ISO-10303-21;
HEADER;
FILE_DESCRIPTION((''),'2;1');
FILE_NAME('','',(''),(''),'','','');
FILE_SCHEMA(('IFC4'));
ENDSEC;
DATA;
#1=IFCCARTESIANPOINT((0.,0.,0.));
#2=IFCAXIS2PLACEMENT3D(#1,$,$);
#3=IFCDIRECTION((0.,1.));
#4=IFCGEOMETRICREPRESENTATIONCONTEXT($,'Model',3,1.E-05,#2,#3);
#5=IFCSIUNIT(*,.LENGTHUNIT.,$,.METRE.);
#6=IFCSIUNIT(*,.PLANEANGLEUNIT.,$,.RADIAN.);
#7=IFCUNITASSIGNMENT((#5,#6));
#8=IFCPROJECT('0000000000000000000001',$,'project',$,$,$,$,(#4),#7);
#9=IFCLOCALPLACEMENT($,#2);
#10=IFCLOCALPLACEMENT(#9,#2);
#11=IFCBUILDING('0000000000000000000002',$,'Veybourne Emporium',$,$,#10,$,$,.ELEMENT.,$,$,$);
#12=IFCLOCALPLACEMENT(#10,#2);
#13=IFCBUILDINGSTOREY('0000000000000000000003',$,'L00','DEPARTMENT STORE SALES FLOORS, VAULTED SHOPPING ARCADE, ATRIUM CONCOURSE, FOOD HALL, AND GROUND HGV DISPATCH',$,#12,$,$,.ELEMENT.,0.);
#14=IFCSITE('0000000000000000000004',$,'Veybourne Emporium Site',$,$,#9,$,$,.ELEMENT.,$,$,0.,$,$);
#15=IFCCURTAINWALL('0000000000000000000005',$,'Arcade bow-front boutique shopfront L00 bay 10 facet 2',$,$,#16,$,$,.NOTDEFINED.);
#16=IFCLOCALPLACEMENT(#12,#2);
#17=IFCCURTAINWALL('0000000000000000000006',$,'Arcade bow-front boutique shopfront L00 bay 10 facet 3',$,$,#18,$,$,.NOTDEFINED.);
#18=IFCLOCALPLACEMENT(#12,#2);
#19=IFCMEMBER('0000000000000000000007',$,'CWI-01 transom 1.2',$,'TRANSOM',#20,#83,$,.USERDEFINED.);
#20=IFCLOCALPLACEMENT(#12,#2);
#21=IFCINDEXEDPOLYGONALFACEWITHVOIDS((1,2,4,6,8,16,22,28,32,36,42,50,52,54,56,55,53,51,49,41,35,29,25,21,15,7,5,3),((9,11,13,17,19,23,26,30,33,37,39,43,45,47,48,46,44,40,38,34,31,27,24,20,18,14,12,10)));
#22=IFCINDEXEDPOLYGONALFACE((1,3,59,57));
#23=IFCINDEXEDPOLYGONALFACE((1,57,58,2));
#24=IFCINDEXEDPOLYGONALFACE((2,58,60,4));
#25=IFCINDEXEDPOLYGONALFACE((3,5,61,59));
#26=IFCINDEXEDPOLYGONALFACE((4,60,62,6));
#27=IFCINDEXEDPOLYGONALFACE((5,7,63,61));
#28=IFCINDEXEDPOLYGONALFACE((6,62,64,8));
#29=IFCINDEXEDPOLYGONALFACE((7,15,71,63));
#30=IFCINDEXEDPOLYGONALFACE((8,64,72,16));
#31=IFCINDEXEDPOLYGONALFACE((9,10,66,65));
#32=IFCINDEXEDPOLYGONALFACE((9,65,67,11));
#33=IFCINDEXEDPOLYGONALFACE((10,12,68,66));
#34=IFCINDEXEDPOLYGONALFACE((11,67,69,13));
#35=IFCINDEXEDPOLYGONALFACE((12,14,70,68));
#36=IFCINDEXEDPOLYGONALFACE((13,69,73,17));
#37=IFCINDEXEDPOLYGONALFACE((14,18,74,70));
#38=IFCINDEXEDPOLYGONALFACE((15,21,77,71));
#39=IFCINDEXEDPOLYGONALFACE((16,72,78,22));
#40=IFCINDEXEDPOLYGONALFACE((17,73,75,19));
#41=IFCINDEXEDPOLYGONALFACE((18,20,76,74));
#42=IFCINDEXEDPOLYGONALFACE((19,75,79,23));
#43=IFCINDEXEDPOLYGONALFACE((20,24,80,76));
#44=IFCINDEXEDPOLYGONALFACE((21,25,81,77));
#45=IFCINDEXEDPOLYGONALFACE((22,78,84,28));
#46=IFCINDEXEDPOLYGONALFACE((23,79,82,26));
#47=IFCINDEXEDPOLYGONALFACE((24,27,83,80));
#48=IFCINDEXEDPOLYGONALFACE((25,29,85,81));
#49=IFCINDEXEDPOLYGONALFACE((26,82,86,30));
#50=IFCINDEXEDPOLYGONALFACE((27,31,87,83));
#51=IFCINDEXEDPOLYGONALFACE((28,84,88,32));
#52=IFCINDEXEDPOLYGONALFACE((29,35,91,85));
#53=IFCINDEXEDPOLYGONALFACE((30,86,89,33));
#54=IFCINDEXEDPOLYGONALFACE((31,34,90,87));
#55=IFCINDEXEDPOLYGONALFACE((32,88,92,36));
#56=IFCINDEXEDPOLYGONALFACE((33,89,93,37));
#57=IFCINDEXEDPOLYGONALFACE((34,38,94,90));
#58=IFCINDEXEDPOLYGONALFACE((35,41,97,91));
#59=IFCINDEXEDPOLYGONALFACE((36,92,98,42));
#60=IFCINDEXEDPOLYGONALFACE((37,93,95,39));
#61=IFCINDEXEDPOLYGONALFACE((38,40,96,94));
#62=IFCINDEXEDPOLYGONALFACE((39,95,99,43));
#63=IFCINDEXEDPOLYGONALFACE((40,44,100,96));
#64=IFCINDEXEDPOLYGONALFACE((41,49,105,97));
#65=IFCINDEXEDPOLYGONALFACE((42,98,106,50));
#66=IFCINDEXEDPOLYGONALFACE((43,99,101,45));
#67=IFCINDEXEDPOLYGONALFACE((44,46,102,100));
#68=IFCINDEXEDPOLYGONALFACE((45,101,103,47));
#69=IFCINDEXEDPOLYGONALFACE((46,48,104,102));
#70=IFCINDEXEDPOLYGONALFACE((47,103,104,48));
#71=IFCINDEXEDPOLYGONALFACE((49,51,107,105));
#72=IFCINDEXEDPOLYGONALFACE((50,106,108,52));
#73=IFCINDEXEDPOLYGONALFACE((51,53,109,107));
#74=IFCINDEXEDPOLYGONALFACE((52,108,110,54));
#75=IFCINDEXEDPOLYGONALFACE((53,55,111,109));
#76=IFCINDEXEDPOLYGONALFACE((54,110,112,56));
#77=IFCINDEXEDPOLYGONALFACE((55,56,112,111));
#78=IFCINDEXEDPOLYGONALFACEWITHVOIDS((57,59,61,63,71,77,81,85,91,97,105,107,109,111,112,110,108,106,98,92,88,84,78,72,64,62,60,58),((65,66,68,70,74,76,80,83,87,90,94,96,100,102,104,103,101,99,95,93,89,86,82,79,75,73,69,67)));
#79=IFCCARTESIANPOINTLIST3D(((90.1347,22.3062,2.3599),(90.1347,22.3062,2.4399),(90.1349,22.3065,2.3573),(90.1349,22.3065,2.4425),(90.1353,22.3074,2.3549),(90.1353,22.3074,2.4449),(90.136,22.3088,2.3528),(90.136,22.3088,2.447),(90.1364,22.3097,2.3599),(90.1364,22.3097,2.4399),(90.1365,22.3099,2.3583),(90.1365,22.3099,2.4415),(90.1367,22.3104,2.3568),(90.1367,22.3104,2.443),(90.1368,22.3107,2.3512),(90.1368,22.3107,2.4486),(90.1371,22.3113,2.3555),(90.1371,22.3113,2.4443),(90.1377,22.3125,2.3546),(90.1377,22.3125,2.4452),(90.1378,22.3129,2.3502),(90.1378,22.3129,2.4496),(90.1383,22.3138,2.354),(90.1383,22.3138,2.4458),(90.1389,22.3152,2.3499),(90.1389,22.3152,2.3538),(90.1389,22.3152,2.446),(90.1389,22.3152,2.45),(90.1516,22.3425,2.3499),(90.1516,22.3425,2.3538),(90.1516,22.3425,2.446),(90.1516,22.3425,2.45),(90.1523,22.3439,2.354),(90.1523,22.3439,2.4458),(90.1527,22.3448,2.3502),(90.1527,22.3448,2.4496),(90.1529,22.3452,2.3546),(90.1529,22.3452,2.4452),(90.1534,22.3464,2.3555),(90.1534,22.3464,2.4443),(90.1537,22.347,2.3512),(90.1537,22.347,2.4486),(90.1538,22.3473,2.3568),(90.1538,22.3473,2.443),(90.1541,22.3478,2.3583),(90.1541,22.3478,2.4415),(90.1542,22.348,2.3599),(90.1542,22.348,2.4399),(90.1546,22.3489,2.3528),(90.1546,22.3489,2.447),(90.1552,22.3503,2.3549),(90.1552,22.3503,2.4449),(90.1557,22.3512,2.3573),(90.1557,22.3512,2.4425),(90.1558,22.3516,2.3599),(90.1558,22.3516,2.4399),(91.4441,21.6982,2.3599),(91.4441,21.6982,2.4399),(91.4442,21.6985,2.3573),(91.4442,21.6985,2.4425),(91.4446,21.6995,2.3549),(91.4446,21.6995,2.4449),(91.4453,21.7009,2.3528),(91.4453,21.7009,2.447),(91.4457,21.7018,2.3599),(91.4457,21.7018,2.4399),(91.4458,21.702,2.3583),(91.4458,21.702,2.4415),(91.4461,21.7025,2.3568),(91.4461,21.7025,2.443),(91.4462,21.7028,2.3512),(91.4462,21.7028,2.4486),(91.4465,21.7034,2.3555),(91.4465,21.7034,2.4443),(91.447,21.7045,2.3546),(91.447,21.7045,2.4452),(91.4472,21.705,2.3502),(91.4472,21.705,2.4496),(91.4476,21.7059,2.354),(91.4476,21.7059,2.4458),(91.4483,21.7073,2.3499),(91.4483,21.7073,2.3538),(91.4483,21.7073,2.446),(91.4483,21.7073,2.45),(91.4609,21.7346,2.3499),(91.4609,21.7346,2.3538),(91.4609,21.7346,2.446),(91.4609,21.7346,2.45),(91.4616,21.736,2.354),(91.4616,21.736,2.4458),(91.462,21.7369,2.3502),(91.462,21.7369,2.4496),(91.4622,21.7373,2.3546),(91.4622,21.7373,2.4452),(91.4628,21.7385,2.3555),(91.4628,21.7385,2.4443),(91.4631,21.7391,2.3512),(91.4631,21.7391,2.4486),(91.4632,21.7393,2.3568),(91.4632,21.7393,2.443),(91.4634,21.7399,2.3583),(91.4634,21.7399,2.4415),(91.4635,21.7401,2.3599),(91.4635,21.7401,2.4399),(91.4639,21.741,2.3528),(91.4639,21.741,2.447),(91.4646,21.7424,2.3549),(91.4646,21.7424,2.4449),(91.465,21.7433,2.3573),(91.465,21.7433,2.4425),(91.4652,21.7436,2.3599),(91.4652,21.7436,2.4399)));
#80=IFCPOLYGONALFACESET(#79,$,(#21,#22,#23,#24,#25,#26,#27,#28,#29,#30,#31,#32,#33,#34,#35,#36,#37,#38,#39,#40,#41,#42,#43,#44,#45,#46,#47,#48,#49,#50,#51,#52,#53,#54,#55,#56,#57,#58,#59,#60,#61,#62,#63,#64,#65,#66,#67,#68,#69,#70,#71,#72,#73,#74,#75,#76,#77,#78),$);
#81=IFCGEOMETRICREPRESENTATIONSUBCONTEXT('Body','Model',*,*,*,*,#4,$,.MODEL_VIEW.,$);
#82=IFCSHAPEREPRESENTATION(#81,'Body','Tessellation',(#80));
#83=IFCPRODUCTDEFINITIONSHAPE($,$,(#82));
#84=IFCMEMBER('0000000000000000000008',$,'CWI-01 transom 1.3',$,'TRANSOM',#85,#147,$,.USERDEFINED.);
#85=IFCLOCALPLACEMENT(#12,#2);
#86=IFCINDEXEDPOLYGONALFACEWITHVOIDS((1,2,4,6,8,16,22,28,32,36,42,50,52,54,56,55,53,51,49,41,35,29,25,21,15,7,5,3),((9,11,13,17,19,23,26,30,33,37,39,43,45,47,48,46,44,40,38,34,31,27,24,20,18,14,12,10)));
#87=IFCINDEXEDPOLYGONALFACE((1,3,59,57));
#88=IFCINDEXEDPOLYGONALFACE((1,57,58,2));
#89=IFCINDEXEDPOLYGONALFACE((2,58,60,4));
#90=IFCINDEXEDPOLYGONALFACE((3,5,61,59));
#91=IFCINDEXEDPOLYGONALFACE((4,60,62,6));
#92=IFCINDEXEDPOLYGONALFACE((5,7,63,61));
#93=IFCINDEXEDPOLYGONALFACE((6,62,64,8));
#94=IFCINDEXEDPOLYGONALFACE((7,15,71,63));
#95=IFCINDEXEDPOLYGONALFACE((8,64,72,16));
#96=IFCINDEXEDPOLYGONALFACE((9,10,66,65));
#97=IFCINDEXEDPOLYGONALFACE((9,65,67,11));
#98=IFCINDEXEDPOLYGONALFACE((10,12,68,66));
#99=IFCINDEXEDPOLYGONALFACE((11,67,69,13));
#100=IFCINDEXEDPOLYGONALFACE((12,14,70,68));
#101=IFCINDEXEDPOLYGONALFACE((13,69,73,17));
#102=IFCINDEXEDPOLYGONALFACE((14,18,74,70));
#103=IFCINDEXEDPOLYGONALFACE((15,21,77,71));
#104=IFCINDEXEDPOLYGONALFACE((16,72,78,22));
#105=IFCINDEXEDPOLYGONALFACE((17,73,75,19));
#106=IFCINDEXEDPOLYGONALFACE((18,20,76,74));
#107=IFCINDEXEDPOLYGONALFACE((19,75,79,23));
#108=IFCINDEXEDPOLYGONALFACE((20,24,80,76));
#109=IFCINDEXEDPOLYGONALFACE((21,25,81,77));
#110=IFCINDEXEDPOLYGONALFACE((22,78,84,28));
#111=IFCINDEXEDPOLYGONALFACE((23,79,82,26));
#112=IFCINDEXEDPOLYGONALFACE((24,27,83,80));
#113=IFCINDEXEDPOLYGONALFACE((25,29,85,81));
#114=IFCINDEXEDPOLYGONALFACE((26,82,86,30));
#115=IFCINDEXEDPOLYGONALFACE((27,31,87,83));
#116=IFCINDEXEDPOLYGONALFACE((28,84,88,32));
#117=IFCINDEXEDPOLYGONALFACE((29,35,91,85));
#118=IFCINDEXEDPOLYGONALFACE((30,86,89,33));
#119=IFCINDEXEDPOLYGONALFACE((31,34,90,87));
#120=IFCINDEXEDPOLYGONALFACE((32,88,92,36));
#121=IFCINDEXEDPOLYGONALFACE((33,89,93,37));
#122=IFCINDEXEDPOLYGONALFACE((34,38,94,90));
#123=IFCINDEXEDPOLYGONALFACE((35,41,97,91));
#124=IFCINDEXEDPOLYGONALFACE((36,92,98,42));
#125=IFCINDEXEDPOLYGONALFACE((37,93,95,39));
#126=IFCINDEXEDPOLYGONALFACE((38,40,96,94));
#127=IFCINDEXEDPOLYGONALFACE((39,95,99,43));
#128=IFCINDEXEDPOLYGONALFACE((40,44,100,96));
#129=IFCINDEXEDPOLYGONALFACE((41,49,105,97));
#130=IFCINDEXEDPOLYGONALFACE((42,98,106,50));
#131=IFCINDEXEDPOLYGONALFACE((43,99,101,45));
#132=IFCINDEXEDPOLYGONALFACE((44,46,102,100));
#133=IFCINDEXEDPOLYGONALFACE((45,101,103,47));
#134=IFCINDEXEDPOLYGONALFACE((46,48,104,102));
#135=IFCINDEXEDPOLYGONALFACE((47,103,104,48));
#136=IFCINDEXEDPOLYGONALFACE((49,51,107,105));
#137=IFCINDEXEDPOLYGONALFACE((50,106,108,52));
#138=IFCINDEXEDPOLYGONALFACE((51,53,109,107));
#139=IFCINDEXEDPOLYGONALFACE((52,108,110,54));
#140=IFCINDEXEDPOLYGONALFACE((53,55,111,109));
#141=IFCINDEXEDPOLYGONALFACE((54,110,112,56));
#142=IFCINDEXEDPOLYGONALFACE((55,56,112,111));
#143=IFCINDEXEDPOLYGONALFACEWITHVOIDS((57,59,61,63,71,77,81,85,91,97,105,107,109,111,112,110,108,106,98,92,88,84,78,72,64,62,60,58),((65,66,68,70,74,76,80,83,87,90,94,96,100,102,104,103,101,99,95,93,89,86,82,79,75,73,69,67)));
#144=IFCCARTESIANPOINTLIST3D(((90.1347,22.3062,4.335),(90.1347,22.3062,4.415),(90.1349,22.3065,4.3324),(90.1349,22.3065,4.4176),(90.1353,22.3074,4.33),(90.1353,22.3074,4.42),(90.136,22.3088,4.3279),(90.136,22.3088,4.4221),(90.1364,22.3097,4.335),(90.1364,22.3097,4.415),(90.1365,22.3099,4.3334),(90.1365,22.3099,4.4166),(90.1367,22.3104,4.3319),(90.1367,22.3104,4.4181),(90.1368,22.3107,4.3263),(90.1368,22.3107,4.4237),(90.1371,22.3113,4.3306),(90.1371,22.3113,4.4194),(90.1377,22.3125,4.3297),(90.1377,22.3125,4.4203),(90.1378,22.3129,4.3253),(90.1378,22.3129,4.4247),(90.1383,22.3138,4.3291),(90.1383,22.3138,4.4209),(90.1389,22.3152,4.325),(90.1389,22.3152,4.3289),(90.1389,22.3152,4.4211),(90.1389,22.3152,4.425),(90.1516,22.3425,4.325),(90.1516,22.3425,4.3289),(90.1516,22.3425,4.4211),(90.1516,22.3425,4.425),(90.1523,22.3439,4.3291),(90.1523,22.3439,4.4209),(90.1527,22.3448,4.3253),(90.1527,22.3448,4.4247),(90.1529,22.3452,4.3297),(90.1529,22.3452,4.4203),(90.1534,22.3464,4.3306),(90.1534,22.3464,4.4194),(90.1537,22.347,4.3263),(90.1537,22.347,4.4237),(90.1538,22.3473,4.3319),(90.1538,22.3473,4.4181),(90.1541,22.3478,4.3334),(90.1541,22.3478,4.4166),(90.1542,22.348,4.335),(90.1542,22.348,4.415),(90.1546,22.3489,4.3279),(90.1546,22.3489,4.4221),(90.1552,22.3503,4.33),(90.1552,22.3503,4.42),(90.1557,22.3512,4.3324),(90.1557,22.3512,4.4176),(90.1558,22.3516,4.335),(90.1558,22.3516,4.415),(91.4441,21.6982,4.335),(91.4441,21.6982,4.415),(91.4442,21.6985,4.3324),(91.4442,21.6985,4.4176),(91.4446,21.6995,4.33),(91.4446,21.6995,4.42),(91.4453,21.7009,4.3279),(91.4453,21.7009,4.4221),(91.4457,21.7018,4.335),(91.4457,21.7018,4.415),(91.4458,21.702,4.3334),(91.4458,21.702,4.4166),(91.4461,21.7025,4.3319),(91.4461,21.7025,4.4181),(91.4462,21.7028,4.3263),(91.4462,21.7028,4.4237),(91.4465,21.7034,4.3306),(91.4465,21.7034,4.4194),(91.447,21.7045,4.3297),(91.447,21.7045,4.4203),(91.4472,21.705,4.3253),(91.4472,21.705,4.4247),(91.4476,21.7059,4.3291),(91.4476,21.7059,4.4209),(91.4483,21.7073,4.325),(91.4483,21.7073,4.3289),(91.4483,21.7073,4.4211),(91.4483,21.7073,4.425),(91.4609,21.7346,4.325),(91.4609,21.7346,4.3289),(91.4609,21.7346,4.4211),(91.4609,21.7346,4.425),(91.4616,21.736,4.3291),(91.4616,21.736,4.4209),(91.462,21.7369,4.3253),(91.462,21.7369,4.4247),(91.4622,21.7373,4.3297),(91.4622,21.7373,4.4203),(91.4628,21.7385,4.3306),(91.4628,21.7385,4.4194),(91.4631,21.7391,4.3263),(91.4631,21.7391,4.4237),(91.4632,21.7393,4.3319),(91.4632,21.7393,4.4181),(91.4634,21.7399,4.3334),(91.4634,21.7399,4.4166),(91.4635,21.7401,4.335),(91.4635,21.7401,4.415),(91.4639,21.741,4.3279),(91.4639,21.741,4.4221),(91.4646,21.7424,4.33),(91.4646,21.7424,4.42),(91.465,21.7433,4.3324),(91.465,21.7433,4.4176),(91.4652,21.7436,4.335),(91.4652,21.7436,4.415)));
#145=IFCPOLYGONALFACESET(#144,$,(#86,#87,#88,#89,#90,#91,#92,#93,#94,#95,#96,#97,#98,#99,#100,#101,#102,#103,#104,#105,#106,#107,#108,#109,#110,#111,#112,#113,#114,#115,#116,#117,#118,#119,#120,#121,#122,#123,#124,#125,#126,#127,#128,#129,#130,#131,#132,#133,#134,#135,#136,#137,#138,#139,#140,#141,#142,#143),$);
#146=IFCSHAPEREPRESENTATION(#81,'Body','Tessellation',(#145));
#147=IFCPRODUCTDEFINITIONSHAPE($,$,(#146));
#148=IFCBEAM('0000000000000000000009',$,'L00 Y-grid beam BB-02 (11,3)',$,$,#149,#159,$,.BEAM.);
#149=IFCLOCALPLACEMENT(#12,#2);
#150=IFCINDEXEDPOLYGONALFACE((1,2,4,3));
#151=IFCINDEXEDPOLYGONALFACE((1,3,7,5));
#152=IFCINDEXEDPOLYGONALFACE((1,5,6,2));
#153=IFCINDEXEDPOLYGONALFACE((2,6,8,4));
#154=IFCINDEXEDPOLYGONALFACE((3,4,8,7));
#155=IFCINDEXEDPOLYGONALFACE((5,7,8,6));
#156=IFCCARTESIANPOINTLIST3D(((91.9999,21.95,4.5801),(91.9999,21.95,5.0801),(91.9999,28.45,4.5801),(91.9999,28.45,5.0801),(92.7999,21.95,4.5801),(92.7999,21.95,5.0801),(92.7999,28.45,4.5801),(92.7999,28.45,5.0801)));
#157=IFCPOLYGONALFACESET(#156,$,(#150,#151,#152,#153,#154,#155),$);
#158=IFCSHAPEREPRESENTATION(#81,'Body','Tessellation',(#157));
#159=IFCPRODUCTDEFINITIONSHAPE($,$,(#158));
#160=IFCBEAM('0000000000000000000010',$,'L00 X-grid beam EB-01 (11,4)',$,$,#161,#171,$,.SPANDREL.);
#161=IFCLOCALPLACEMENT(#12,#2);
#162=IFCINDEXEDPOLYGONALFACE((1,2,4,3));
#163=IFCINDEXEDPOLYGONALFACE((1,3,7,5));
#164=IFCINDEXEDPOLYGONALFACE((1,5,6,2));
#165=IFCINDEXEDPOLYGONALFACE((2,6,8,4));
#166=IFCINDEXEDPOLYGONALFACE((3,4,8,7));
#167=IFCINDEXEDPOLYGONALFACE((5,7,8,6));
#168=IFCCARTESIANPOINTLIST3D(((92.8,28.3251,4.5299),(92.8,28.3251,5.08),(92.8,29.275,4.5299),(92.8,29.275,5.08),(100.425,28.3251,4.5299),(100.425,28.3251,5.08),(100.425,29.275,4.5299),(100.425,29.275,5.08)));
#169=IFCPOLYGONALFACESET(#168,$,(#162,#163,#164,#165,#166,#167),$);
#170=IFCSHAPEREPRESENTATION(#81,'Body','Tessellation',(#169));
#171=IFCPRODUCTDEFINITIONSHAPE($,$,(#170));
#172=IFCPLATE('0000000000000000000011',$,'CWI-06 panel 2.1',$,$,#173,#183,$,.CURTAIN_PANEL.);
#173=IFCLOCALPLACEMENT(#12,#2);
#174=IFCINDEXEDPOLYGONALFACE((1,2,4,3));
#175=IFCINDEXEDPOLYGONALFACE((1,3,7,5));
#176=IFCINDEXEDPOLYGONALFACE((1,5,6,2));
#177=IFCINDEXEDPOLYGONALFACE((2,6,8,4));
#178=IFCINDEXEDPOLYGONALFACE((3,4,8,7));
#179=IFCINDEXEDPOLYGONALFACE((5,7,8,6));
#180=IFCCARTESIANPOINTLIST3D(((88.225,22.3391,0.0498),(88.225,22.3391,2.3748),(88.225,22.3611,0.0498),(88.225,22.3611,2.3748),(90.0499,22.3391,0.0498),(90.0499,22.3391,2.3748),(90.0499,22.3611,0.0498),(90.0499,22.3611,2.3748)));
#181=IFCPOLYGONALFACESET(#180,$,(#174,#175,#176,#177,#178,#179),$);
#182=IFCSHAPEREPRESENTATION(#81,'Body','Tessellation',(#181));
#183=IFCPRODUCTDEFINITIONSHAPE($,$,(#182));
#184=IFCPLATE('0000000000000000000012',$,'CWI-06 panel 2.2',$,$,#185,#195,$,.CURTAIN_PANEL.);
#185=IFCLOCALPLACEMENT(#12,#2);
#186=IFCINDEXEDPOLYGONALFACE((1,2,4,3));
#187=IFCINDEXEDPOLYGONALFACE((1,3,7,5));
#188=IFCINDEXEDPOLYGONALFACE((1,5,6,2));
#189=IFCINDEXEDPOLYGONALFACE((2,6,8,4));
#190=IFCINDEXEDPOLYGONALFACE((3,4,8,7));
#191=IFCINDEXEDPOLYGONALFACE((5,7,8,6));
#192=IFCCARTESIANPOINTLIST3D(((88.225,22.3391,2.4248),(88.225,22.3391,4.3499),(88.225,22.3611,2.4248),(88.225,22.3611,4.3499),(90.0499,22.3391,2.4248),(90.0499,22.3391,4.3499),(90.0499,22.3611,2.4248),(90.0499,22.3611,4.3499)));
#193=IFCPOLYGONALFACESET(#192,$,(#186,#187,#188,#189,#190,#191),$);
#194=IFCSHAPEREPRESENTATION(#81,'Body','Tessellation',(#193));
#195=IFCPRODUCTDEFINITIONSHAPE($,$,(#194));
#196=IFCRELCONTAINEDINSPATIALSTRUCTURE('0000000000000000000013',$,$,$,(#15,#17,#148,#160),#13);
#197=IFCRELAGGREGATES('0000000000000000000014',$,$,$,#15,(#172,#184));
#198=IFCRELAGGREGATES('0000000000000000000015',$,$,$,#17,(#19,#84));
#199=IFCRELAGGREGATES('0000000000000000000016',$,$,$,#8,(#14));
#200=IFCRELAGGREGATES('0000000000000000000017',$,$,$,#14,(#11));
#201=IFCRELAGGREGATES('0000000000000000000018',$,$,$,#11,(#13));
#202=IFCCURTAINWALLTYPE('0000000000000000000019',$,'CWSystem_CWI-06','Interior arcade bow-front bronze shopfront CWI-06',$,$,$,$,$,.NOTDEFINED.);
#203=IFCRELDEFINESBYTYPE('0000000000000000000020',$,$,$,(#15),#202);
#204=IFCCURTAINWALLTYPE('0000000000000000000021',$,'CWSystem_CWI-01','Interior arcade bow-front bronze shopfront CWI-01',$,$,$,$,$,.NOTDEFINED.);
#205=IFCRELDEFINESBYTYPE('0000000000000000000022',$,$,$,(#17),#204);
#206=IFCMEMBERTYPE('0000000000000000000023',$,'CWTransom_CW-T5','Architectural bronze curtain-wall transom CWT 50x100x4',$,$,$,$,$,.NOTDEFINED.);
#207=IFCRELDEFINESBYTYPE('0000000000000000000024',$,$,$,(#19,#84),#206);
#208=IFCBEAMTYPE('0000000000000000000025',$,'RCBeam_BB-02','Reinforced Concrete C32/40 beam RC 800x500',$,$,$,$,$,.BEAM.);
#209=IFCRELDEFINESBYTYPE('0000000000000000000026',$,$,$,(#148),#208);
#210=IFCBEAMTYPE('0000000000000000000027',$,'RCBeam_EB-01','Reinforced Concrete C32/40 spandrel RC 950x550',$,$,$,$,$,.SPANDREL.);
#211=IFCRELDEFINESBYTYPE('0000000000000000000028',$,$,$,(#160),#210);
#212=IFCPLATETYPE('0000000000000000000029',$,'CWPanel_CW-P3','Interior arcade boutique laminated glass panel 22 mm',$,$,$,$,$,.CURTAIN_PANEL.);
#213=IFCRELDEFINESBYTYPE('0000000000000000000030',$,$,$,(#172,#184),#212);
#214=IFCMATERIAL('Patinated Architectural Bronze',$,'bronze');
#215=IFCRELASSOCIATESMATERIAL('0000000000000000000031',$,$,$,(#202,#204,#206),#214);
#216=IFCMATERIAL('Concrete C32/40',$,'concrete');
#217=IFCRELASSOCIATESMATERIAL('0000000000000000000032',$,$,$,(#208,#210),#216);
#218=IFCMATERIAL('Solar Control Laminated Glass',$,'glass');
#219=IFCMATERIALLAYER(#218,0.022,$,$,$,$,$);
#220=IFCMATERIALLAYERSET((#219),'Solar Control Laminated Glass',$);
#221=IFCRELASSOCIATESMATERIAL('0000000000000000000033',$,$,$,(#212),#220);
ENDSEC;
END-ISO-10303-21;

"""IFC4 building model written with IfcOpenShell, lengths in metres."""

from ifc_helpers import new_model, si_unit, direction, frame, origin, origin_2d, place, context, subcontext, project, spatial, rectangle, hollow_rectangle, extrude, material, layer, layer_set, material_profile, profile_set, type_object, element, aggregate, save


model = new_model("IFC4")

# Units and contexts
model_context = context("Model", 3, precision=1e-05, world=origin(), true_north=direction((0.0, 1.0)))
body_context = subcontext(model_context, "Body", "Model", "MODEL_VIEW")
ifc_project = project(units=[si_unit("LENGTHUNIT", "METRE"), si_unit("PLANEANGLEUNIT", "RADIAN")], contexts=[model_context])

# Site, building, storey
site_placement = place(None, origin())
site = spatial("IfcSite", under=ifc_project, at=site_placement, Name="Veybourne Emporium Site", CompositionType="ELEMENT", RefElevation=0.0)
building_placement = place(site_placement, origin())
building = spatial("IfcBuilding", under=site, at=building_placement, Name="Veybourne Emporium", CompositionType="ELEMENT")
storey_placement = place(building_placement, origin())
storey = spatial("IfcBuildingStorey", under=building, at=storey_placement, Name="L00", Description="DEPARTMENT STORE SALES FLOORS, VAULTED SHOPPING ARCADE, ATRIUM CONCOURSE, FOOD HALL, AND GROUND HGV DISPATCH", CompositionType="ELEMENT", Elevation=0.0)

# Curtain wall
ifc_material_1 = material(Name="Patinated Architectural Bronze", Category="bronze")
curtain_wall_type_1 = type_object("IfcCurtainWallType", Name="CWSystem_CWI-06", Description="Interior arcade bow-front bronze shopfront CWI-06", PredefinedType="NOTDEFINED", material=ifc_material_1)
curtain_wall_1_placement = place(storey_placement, origin())
curtain_wall_1 = element("IfcCurtainWall", 1, at=curtain_wall_1_placement, inside=storey, type_object=curtain_wall_type_1, Name="Arcade bow-front boutique shopfront L00 bay 10 facet 2", PredefinedType="NOTDEFINED")

# Curtain wall
curtain_wall_type_2 = type_object("IfcCurtainWallType", Name="CWSystem_CWI-01", Description="Interior arcade bow-front bronze shopfront CWI-01", PredefinedType="NOTDEFINED", material=ifc_material_1)
curtain_wall_2_placement = place(storey_placement, origin())
curtain_wall_2 = element("IfcCurtainWall", 2, at=curtain_wall_2_placement, inside=storey, type_object=curtain_wall_type_2, Name="Arcade bow-front boutique shopfront L00 bay 10 facet 3", PredefinedType="NOTDEFINED")

# Members
ifc_material_profile_1 = material_profile(ifc_material_1, hollow_rectangle(XDim=0.05, YDim=0.1001, WallThickness=0.0039, InnerFilletRadius=0.0061, OuterFilletRadius=0.01, at=origin_2d()), Name="CWT 50x100x4")
ifc_profile_set_1 = profile_set([ifc_material_profile_1], Name="Patinated Architectural Bronze")
member_type_1 = type_object("IfcMemberType", Name="CWTransom_CW-T5", Description="Architectural bronze curtain-wall transom CWT 50x100x4", PredefinedType="NOTDEFINED", material=ifc_profile_set_1)
member_1_placement = place(storey_placement, frame((90.1453, 22.3289, 2.3999), z_axis=(0.907007, -0.421116, 0.0), x_axis=(0.421116, 0.907007, 0.0)))
member_1 = element("IfcMember", 3, at=member_1_placement, type_object=member_type_1, Name="CWI-01 transom 1.2", ObjectType="TRANSOM", PredefinedType="USERDEFINED", context=body_context, shape_type="SweptSolid", body=[
    extrude(hollow_rectangle(XDim=0.05, YDim=0.1001, WallThickness=0.0039, InnerFilletRadius=0.0061, OuterFilletRadius=0.01, at=origin_2d()), origin(), (0.0, 0.0, 1.0), 1.4436),
])
member_2_placement = place(storey_placement, frame((90.1453, 22.3289, 4.375), z_axis=(0.907007, -0.421116, 0.0), x_axis=(0.421116, 0.907007, 0.0)))
member_2 = element("IfcMember", 4, at=member_2_placement, type_object=member_type_1, Name="CWI-01 transom 1.3", ObjectType="TRANSOM", PredefinedType="USERDEFINED", context=body_context, shape_type="SweptSolid", body=[
    extrude(hollow_rectangle(XDim=0.05, YDim=0.1001, WallThickness=0.0039, InnerFilletRadius=0.0061, OuterFilletRadius=0.01, at=origin_2d()), origin(), (0.0, 0.0, 1.0), 1.4436),
])

# Beams
ifc_material_2 = material(Name="Concrete C32/40", Category="concrete")
ifc_material_profile_2 = material_profile(ifc_material_2, rectangle(XDim=0.8, YDim=0.5, at=origin_2d()), Name="RC 800x500")
ifc_profile_set_2 = profile_set([ifc_material_profile_2], Name="Concrete C32/40")
beam_type_1 = type_object("IfcBeamType", Name="RCBeam_BB-02", Description="Reinforced Concrete C32/40 beam RC 800x500", PredefinedType="BEAM", material=ifc_profile_set_2)
beam_1_placement = place(storey_placement, frame((92.3999, 21.95, 4.8301), z_axis=(0.0, 1.0, 0.0), x_axis=(-1.0, 0.0, 0.0)))
element("IfcBeam", 5, at=beam_1_placement, inside=storey, type_object=beam_type_1, Name="L00 Y-grid beam BB-02 (11,3)", PredefinedType="BEAM", context=body_context, shape_type="SweptSolid", body=[
    extrude(rectangle(XDim=0.8, YDim=0.5, at=origin_2d()), origin(), (0.0, 0.0, 1.0), 6.5),
])
ifc_material_profile_3 = material_profile(ifc_material_2, rectangle(XDim=0.95, YDim=0.55, at=origin_2d()), Name="RC 950x550")
ifc_profile_set_3 = profile_set([ifc_material_profile_3], Name="Concrete C32/40")
beam_type_2 = type_object("IfcBeamType", Name="RCBeam_EB-01", Description="Reinforced Concrete C32/40 spandrel RC 950x550", PredefinedType="SPANDREL", material=ifc_profile_set_3)
beam_2_placement = place(storey_placement, frame((92.8, 28.8, 4.8049), z_axis=(1.0, 0.0, 0.0), x_axis=(0.0, 1.0, 0.0)))
element("IfcBeam", 6, at=beam_2_placement, inside=storey, type_object=beam_type_2, Name="L00 X-grid beam EB-01 (11,4)", PredefinedType="SPANDREL", context=body_context, shape_type="SweptSolid", body=[
    extrude(rectangle(XDim=0.95, YDim=0.55, at=origin_2d()), origin(), (0.0, 0.0, 1.0), 7.625),
])

# Plates
ifc_material_3 = material(Name="Solar Control Laminated Glass", Category="glass")
ifc_layer_1 = layer(ifc_material_3, 0.022)
ifc_layer_set_1 = layer_set([ifc_layer_1], Name="Solar Control Laminated Glass")
plate_type = type_object("IfcPlateType", Name="CWPanel_CW-P3", Description="Interior arcade boutique laminated glass panel 22 mm", PredefinedType="CURTAIN_PANEL", material=ifc_layer_set_1)
plate_1_placement = place(storey_placement, frame((89.1375, 22.3501, 0.0498), z_axis=(0.0, 0.0, 1.0), x_axis=(1.0, 0.0, 0.0)))
plate_1 = element("IfcPlate", 7, at=plate_1_placement, type_object=plate_type, Name="CWI-06 panel 2.1", PredefinedType="CURTAIN_PANEL", context=body_context, shape_type="SweptSolid", body=[
    extrude(rectangle(XDim=1.825, YDim=0.022, at=origin_2d()), origin(), (0.0, 0.0, 1.0), 2.325),
])
plate_2_placement = place(storey_placement, frame((89.1375, 22.3501, 2.4248), z_axis=(0.0, 0.0, 1.0), x_axis=(1.0, 0.0, 0.0)))
plate_2 = element("IfcPlate", 8, at=plate_2_placement, type_object=plate_type, Name="CWI-06 panel 2.2", PredefinedType="CURTAIN_PANEL", context=body_context, shape_type="SweptSolid", body=[
    extrude(rectangle(XDim=1.825, YDim=0.022, at=origin_2d()), origin(), (0.0, 0.0, 1.0), 1.925),
])
aggregate(curtain_wall_1, [plate_1, plate_2])
aggregate(curtain_wall_2, [member_1, member_2])

save(model, "model.ifc")
